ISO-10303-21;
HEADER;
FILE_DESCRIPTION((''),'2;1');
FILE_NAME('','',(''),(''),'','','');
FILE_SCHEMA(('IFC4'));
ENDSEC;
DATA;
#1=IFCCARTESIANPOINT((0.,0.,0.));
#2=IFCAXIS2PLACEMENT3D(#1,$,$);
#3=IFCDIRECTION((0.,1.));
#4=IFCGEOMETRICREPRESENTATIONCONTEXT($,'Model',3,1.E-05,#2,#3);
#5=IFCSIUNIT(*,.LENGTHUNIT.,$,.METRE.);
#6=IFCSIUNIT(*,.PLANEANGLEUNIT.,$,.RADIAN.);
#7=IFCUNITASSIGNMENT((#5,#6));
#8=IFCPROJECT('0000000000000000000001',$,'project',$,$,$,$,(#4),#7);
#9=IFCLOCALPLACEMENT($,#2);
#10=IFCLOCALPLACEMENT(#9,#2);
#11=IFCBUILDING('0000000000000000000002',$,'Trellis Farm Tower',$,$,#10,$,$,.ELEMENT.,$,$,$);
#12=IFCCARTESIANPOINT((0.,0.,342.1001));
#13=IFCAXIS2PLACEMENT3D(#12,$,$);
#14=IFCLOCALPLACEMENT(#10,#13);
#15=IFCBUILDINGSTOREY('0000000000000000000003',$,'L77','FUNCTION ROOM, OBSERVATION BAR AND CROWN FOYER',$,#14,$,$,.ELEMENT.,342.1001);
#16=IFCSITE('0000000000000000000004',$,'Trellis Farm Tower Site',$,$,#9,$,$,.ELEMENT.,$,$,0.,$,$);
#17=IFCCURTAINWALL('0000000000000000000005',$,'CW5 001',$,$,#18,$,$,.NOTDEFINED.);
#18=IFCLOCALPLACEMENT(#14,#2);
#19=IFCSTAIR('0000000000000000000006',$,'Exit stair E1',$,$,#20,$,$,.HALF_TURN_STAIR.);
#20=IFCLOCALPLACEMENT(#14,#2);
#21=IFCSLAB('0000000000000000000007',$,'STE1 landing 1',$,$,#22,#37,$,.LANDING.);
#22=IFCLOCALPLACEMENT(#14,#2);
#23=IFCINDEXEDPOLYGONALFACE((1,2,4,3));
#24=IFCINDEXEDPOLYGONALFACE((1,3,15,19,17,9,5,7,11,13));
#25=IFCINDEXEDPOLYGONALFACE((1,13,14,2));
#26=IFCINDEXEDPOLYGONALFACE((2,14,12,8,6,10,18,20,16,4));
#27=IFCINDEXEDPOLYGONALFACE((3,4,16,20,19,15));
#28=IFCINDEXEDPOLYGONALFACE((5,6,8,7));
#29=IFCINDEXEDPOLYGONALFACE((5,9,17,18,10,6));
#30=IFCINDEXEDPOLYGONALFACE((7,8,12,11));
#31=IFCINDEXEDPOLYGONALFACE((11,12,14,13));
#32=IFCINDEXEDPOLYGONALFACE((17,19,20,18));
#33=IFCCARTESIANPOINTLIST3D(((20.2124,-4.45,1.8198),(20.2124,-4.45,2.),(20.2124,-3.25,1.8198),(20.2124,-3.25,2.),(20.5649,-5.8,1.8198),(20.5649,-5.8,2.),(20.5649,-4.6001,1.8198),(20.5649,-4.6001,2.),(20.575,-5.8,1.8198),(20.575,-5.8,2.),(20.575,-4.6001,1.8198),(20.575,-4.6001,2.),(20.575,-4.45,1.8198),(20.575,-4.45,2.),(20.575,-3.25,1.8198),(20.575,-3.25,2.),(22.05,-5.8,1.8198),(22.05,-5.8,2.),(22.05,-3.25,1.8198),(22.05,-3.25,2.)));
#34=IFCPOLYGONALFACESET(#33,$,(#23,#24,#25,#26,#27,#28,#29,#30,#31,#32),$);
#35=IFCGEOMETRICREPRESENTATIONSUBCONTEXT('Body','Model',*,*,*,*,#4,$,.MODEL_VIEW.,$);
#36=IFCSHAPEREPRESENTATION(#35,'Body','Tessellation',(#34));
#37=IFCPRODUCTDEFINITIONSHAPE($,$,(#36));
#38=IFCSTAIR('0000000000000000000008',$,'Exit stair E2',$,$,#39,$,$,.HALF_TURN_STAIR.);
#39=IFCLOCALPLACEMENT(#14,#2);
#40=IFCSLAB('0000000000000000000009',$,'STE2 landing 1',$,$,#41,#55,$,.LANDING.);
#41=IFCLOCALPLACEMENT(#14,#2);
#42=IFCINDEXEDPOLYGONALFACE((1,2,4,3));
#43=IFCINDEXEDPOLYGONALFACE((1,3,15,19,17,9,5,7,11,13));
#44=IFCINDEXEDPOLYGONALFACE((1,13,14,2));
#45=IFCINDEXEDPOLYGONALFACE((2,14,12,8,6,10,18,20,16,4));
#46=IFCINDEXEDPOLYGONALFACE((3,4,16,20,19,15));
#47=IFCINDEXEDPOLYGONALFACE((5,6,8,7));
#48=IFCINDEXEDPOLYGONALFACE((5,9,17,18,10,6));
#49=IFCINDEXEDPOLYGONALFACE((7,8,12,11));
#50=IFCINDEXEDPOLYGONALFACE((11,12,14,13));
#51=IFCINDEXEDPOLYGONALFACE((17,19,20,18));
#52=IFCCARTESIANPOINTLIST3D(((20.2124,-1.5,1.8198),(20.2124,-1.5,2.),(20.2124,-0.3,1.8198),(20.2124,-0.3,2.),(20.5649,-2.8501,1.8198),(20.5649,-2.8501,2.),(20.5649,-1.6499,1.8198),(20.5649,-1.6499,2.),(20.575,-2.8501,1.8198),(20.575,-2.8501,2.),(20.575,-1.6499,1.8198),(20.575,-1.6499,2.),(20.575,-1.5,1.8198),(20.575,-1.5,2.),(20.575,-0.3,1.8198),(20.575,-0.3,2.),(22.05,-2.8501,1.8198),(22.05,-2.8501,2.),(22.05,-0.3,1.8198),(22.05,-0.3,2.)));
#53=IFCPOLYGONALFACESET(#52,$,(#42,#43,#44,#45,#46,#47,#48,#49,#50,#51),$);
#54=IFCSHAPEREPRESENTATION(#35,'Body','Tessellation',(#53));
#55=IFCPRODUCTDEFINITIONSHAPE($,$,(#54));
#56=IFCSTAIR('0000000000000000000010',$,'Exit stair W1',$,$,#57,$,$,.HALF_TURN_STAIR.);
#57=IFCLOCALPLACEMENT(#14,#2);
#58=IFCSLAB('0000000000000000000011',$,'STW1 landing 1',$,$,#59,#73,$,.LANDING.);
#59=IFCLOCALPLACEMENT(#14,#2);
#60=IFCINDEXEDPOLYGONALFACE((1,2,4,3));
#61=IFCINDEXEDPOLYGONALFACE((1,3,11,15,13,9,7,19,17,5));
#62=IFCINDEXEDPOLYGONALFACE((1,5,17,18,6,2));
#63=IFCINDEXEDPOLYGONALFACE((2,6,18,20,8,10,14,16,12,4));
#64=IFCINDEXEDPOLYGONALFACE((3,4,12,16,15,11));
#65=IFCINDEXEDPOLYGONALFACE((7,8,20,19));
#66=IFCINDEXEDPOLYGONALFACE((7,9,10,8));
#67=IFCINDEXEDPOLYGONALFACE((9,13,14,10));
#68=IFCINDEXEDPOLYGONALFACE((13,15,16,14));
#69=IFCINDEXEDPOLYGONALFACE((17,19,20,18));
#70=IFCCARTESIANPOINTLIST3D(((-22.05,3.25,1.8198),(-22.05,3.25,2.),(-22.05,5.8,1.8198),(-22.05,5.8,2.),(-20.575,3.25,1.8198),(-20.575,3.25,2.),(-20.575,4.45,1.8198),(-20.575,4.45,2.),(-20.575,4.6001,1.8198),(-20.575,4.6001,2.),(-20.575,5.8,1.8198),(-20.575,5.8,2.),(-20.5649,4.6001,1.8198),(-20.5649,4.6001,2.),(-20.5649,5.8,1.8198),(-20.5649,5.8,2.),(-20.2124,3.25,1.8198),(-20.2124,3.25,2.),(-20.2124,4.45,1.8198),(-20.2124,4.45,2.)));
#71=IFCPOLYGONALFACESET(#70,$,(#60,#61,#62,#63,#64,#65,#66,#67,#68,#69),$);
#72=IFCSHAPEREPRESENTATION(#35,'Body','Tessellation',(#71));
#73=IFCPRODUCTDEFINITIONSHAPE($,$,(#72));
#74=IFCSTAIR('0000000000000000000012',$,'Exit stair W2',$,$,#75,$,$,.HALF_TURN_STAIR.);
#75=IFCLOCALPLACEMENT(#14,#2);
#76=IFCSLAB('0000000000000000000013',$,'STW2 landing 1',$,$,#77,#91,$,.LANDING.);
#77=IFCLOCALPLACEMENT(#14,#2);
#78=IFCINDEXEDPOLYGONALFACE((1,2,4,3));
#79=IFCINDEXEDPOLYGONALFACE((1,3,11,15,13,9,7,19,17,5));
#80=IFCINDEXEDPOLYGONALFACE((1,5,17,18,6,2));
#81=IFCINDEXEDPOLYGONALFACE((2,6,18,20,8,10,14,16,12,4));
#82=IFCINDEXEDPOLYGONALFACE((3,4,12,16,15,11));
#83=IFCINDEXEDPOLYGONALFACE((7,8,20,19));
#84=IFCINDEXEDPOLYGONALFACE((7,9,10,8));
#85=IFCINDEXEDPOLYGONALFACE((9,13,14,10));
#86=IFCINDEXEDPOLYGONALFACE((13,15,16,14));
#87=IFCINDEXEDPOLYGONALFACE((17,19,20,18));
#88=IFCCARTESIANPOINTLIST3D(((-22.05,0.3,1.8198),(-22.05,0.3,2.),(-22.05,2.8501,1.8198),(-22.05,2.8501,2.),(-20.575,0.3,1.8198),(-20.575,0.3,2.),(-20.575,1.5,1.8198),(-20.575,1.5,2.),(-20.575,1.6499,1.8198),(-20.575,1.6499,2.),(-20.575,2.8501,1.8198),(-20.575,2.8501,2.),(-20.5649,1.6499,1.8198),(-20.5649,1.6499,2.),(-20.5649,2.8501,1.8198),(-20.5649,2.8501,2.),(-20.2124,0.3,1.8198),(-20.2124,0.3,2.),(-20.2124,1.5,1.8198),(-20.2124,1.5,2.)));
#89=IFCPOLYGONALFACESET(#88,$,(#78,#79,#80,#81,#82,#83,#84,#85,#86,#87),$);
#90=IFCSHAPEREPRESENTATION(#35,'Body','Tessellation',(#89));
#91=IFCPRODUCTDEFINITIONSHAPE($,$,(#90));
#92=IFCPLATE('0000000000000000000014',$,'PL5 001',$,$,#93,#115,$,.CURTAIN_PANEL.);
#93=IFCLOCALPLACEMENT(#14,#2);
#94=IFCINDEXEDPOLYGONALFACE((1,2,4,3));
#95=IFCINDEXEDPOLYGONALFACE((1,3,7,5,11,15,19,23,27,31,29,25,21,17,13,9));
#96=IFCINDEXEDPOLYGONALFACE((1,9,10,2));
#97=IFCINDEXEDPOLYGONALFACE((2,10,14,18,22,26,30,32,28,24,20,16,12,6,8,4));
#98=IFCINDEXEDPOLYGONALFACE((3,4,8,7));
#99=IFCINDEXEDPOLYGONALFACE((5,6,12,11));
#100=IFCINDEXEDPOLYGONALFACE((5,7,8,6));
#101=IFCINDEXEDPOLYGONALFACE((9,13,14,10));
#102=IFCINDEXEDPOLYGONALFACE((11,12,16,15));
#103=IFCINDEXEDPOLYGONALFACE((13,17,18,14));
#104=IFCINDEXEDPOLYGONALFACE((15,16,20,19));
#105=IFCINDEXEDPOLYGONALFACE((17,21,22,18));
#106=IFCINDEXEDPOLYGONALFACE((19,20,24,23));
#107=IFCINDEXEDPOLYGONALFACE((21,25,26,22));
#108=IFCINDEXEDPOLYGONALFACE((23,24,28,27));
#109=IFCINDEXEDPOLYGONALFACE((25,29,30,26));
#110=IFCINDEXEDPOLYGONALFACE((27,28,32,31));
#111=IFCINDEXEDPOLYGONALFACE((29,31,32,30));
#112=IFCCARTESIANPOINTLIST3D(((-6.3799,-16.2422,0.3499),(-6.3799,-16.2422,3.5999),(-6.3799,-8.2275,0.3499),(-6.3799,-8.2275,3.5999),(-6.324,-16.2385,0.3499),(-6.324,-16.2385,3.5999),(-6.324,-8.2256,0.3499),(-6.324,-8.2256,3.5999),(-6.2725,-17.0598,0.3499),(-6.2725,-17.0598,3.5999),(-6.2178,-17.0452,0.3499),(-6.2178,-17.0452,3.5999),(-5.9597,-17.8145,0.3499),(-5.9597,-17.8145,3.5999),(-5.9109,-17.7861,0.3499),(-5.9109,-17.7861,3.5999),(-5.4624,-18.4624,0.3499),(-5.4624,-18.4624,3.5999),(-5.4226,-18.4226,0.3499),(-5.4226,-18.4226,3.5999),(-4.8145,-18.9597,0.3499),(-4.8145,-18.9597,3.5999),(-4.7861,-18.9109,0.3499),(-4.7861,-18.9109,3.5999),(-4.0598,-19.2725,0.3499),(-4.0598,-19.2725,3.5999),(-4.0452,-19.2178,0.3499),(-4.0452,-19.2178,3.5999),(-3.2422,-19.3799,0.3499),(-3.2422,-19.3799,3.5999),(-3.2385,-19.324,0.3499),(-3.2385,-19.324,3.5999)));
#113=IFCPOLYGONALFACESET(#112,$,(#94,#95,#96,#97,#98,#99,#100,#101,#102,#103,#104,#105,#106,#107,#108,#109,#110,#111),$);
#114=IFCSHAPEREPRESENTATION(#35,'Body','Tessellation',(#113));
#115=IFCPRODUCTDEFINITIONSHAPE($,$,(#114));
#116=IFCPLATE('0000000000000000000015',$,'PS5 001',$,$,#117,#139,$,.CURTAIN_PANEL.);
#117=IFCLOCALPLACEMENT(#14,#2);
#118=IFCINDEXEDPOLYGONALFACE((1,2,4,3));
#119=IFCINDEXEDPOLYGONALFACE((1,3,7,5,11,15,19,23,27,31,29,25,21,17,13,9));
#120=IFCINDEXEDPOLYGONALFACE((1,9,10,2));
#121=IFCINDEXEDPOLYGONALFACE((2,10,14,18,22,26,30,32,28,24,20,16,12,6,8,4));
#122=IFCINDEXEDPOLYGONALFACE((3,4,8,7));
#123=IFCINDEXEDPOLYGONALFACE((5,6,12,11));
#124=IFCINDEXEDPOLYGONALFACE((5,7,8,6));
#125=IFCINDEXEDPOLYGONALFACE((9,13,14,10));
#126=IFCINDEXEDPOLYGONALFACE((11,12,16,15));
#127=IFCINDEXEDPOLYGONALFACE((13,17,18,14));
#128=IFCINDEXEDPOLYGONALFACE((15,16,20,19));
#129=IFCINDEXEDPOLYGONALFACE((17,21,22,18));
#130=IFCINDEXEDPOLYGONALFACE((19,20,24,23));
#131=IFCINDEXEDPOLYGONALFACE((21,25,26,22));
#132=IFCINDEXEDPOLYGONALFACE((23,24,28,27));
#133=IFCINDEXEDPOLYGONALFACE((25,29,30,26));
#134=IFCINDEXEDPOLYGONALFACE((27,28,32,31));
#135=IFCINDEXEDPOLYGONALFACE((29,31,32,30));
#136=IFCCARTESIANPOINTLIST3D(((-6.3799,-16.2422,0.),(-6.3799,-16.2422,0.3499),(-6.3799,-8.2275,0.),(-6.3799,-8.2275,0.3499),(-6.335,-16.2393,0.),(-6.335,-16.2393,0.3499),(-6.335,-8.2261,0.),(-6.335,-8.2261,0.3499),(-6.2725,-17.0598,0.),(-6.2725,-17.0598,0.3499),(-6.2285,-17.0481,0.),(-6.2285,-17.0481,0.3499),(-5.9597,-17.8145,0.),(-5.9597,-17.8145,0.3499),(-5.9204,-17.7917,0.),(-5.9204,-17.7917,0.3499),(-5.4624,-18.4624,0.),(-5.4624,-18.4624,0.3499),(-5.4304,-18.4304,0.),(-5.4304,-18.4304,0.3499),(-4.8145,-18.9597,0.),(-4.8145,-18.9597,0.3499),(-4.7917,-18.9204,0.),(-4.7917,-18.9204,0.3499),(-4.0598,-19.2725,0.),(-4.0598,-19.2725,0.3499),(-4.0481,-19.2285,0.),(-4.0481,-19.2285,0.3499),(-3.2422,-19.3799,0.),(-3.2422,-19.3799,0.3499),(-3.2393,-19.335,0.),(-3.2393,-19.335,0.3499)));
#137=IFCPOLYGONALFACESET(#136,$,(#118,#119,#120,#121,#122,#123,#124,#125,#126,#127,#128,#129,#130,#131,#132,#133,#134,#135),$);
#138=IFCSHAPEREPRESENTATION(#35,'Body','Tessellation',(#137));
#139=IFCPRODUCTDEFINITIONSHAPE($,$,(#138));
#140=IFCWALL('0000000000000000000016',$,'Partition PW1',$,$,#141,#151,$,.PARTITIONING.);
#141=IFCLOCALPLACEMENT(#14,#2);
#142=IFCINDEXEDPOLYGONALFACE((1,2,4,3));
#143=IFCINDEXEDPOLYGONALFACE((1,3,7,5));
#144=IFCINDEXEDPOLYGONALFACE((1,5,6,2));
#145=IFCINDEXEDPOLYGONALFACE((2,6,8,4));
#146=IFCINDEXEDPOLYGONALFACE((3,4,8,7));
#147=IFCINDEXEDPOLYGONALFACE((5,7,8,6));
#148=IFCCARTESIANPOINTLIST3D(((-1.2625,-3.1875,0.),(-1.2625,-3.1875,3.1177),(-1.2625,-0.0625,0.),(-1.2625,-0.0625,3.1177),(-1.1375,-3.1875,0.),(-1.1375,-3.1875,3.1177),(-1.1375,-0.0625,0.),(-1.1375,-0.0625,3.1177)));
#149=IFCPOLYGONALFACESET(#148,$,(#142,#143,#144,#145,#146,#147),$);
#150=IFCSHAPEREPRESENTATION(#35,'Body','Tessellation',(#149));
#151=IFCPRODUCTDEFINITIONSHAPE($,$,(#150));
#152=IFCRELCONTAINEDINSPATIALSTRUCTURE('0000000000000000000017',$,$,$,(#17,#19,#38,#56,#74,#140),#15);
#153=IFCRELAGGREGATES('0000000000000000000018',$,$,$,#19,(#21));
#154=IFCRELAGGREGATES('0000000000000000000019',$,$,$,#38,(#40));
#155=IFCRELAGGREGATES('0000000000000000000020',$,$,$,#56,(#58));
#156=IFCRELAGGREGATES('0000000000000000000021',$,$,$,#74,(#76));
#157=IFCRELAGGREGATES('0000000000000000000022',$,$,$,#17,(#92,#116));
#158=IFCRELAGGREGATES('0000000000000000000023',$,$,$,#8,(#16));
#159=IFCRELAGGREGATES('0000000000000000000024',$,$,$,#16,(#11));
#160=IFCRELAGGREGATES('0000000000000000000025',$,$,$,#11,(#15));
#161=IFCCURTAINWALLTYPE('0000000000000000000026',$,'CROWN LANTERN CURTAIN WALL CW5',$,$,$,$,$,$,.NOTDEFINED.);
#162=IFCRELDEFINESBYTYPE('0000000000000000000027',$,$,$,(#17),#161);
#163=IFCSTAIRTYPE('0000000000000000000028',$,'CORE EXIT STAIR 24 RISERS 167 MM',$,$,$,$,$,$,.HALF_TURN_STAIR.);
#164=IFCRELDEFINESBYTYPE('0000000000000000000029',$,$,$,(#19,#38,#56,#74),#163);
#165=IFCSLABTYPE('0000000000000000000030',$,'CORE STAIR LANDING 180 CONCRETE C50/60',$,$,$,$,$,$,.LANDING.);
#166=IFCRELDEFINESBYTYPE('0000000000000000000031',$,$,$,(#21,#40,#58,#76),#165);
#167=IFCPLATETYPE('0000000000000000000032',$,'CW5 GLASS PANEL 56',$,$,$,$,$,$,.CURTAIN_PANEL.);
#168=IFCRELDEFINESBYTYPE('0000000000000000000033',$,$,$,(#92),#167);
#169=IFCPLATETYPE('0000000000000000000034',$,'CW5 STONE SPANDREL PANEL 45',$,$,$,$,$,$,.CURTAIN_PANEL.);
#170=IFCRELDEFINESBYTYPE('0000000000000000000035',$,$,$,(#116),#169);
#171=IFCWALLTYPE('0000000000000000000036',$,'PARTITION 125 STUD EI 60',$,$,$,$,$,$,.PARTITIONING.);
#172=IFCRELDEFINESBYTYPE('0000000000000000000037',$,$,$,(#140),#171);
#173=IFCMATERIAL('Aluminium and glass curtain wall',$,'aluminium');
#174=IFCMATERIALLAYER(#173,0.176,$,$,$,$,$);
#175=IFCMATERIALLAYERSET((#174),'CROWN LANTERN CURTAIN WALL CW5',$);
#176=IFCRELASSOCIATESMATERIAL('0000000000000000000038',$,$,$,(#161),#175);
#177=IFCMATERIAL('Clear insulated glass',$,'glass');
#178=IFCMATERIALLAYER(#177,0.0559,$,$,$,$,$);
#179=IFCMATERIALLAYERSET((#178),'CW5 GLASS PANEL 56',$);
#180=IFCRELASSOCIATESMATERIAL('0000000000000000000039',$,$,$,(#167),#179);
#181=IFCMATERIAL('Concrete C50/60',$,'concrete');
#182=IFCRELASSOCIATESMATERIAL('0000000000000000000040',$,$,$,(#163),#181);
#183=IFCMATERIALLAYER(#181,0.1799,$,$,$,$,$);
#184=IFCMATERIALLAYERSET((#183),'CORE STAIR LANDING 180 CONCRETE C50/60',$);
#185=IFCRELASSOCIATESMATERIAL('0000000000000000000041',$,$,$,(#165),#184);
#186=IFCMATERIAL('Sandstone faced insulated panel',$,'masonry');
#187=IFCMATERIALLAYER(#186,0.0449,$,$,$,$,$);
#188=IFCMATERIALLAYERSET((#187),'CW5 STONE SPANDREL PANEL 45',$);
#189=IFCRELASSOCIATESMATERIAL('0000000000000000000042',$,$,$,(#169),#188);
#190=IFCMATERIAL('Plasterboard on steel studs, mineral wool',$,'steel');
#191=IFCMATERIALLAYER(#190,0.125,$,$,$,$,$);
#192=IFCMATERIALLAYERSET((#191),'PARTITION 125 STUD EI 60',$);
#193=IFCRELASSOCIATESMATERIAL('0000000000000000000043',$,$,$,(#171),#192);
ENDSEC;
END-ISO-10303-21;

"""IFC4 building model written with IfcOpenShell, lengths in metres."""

from ifc_helpers import new_model, si_unit, direction, frame, frame_2d, origin, place, context, subcontext, project, spatial, polyline, rectangle, outline, extrude, source, transform, mapped, material, layer, layer_set, type_object, element, aggregate, save


model = new_model("IFC4")

# Units and contexts
model_context = context("Model", 3, precision=1e-05, world=origin(), true_north=direction((0.0, 1.0)))
body_context = subcontext(model_context, "Body", "Model", "MODEL_VIEW")
ifc_project = project(units=[si_unit("LENGTHUNIT", "METRE"), si_unit("PLANEANGLEUNIT", "RADIAN")], contexts=[model_context])

# Site, building, storey
site_placement = place(None, origin())
site = spatial("IfcSite", under=ifc_project, at=site_placement, Name="Trellis Farm Tower Site", CompositionType="ELEMENT", RefElevation=0.0)
building_placement = place(site_placement, origin())
building = spatial("IfcBuilding", under=site, at=building_placement, Name="Trellis Farm Tower", CompositionType="ELEMENT")
storey_placement = place(building_placement, frame((0.0, 0.0, 342.1001)))
storey = spatial("IfcBuildingStorey", under=building, at=storey_placement, Name="L77", Description="FUNCTION ROOM, OBSERVATION BAR AND CROWN FOYER", CompositionType="ELEMENT", Elevation=342.1001)

# Shared definitions
ifc_material_1 = material(Name="Concrete C50/60", Category="concrete")

# Curtain wall
ifc_material_2 = material(Name="Aluminium and glass curtain wall", Category="aluminium")
ifc_layer_1 = layer(ifc_material_2, 0.176)
ifc_layer_set_1 = layer_set([ifc_layer_1], Name="CROWN LANTERN CURTAIN WALL CW5")
curtain_wall_type = type_object("IfcCurtainWallType", Name="CROWN LANTERN CURTAIN WALL CW5", PredefinedType="NOTDEFINED", material=ifc_layer_set_1)
placement_1 = place(storey_placement, origin())
curtain_wall_1 = element("IfcCurtainWall", 1, at=placement_1, inside=storey, type_object=curtain_wall_type, Name="CW5 001", PredefinedType="NOTDEFINED")

# Shared definitions
ifc_material_3 = material(Name="Clear insulated glass", Category="glass")
ifc_layer_2 = layer(ifc_material_3, 0.0559)
ifc_layer_set_2 = layer_set([ifc_layer_2], Name="CW5 GLASS PANEL 56")
plate_type_1 = type_object("IfcPlateType", Name="CW5 GLASS PANEL 56", PredefinedType="CURTAIN_PANEL", material=ifc_layer_set_2)
placement_2 = place(storey_placement, frame((0.0, 0.0, 0.3499)))

# Stairs, slabs
stair_type = type_object("IfcStairType", Name="CORE EXIT STAIR 24 RISERS 167 MM", PredefinedType="HALF_TURN_STAIR", material=ifc_material_1)
stair_1 = element("IfcStair", 2, at=placement_1, inside=storey, type_object=stair_type, Name="Exit stair E1", PredefinedType="HALF_TURN_STAIR")
ifc_layer_3 = layer(ifc_material_1, 0.1799)
ifc_layer_set_3 = layer_set([ifc_layer_3], Name="CORE STAIR LANDING 180 CONCRETE C50/60")
slab_type_1 = type_object("IfcSlabType", Name="CORE STAIR LANDING 180 CONCRETE C50/60", PredefinedType="LANDING", material=ifc_layer_set_3)
shared_shape_1 = source(origin(), body_context, "Body", "SweptSolid", [
    extrude(outline(polyline([(20.5649, -5.8), (20.5649, -4.6001), (20.575, -4.6001), (20.575, -4.45), (20.2124, -4.45), (20.2124, -3.25), (20.575, -3.25), (22.05, -3.25), (22.05, -5.8), (20.575, -5.8), (20.5649, -5.8)])), origin(), (0.0, 0.0, 1.0), 0.1802),
])
placement_3 = place(storey_placement, frame((0.0, 0.0, 1.8198)))
slab_1 = element("IfcSlab", 3, at=placement_3, type_object=slab_type_1, Name="STE1 landing 1", PredefinedType="LANDING", context=body_context, shape_type="MappedRepresentation", body=[
    mapped(shared_shape_1, transform((0.0, 0.0, 0.0))),
])
aggregate(stair_1, [slab_1])
stair_2 = element("IfcStair", 4, at=placement_1, inside=storey, type_object=stair_type, Name="Exit stair E2", PredefinedType="HALF_TURN_STAIR")
shared_shape_2 = source(origin(), body_context, "Body", "SweptSolid", [
    extrude(outline(polyline([(20.5649, -2.8501), (20.5649, -1.6499), (20.575, -1.6499), (20.575, -1.5), (20.2124, -1.5), (20.2124, -0.3), (20.575, -0.3), (22.05, -0.3), (22.05, -2.8501), (20.575, -2.8501), (20.5649, -2.8501)])), origin(), (0.0, 0.0, 1.0), 0.1802),
])
slab_2 = element("IfcSlab", 5, at=placement_3, type_object=slab_type_1, Name="STE2 landing 1", PredefinedType="LANDING", context=body_context, shape_type="MappedRepresentation", body=[
    mapped(shared_shape_2, transform((0.0, 0.0, 0.0))),
])
aggregate(stair_2, [slab_2])
stair_3 = element("IfcStair", 6, at=placement_1, inside=storey, type_object=stair_type, Name="Exit stair W1", PredefinedType="HALF_TURN_STAIR")
shared_shape_3 = source(origin(), body_context, "Body", "SweptSolid", [
    extrude(outline(polyline([(-20.2124, 4.45), (-20.2124, 3.25), (-20.575, 3.25), (-22.05, 3.25), (-22.05, 5.8), (-20.575, 5.8), (-20.5649, 5.8), (-20.5649, 4.6001), (-20.575, 4.6001), (-20.575, 4.45), (-20.2124, 4.45)])), origin(), (0.0, 0.0, 1.0), 0.1802),
])
slab_3 = element("IfcSlab", 7, at=placement_3, type_object=slab_type_1, Name="STW1 landing 1", PredefinedType="LANDING", context=body_context, shape_type="MappedRepresentation", body=[
    mapped(shared_shape_3, transform((0.0, 0.0, 0.0))),
])
aggregate(stair_3, [slab_3])
stair_4 = element("IfcStair", 8, at=placement_1, inside=storey, type_object=stair_type, Name="Exit stair W2", PredefinedType="HALF_TURN_STAIR")
shared_shape_4 = source(origin(), body_context, "Body", "SweptSolid", [
    extrude(outline(polyline([(-20.2124, 1.5), (-20.2124, 0.3), (-20.575, 0.3), (-22.05, 0.3), (-22.05, 2.8501), (-20.575, 2.8501), (-20.5649, 2.8501), (-20.5649, 1.6499), (-20.575, 1.6499), (-20.575, 1.5), (-20.2124, 1.5)])), origin(), (0.0, 0.0, 1.0), 0.1802),
])
slab_4 = element("IfcSlab", 9, at=placement_3, type_object=slab_type_1, Name="STW2 landing 1", PredefinedType="LANDING", context=body_context, shape_type="MappedRepresentation", body=[
    mapped(shared_shape_4, transform((0.0, 0.0, 0.0))),
])
aggregate(stair_4, [slab_4])

# Plates
shared_shape_5 = source(origin(), body_context, "Body", "SweptSolid", [
    extrude(outline(polyline([(-6.3799, -8.2275), (-6.3799, -16.2422), (-6.2725, -17.0598), (-5.9597, -17.8145), (-5.4624, -18.4624), (-4.8145, -18.9597), (-4.0598, -19.2725), (-3.2422, -19.3799), (-3.2385, -19.324), (-4.0452, -19.2178), (-4.7861, -18.9109), (-5.4226, -18.4226), (-5.9109, -17.7861), (-6.2178, -17.0452), (-6.324, -16.2385), (-6.324, -8.2256), (-6.3799, -8.2275)])), origin(), (0.0, 0.0, 1.0), 3.25),
])
plate_1 = element("IfcPlate", 10, at=placement_2, type_object=plate_type_1, Name="PL5 001", PredefinedType="CURTAIN_PANEL", context=body_context, shape_type="MappedRepresentation", body=[
    mapped(shared_shape_5, transform((0.0, 0.0, 0.0))),
])
ifc_material_4 = material(Name="Sandstone faced insulated panel", Category="masonry")
ifc_layer_4 = layer(ifc_material_4, 0.0449)
ifc_layer_set_4 = layer_set([ifc_layer_4], Name="CW5 STONE SPANDREL PANEL 45")
plate_type_2 = type_object("IfcPlateType", Name="CW5 STONE SPANDREL PANEL 45", PredefinedType="CURTAIN_PANEL", material=ifc_layer_set_4)
shared_shape_6 = source(origin(), body_context, "Body", "SweptSolid", [
    extrude(outline(polyline([(-6.3799, -8.2275), (-6.3799, -16.2422), (-6.2725, -17.0598), (-5.9597, -17.8145), (-5.4624, -18.4624), (-4.8145, -18.9597), (-4.0598, -19.2725), (-3.2422, -19.3799), (-3.2393, -19.335), (-4.0481, -19.2285), (-4.7917, -18.9204), (-5.4304, -18.4304), (-5.9204, -17.7917), (-6.2285, -17.0481), (-6.335, -16.2393), (-6.335, -8.2261), (-6.3799, -8.2275)])), origin(), (0.0, 0.0, 1.0), 0.3499),
])
plate_2 = element("IfcPlate", 11, at=placement_1, type_object=plate_type_2, Name="PS5 001", PredefinedType="CURTAIN_PANEL", context=body_context, shape_type="MappedRepresentation", body=[
    mapped(shared_shape_6, transform((0.0, 0.0, 0.0))),
])
aggregate(curtain_wall_1, [plate_1, plate_2])

# Wall
ifc_material_5 = material(Name="Plasterboard on steel studs, mineral wool", Category="steel")
ifc_layer_5 = layer(ifc_material_5, 0.125)
ifc_layer_set_5 = layer_set([ifc_layer_5], Name="PARTITION 125 STUD EI 60")
wall_type = type_object("IfcWallType", Name="PARTITION 125 STUD EI 60", PredefinedType="PARTITIONING", material=ifc_layer_set_5)
shared_shape_7 = source(origin(), body_context, "Body", "SweptSolid", [
    extrude(rectangle(XDim=3.125, YDim=0.125, at=frame_2d((1.5625, 0.0))), origin(), (0.0, 0.0, 1.0), 3.1177),
])
wall_1_placement = place(storey_placement, frame((-1.2, -0.0625, 0.0), z_axis=(0.0, 0.0, 1.0), x_axis=(0.0, -1.0, 0.0)))
element("IfcWall", 12, at=wall_1_placement, inside=storey, type_object=wall_type, Name="Partition PW1", PredefinedType="PARTITIONING", context=body_context, shape_type="MappedRepresentation", body=[
    mapped(shared_shape_7, transform((0.0, 0.0, 0.0))),
])

save(model, "model.ifc")
